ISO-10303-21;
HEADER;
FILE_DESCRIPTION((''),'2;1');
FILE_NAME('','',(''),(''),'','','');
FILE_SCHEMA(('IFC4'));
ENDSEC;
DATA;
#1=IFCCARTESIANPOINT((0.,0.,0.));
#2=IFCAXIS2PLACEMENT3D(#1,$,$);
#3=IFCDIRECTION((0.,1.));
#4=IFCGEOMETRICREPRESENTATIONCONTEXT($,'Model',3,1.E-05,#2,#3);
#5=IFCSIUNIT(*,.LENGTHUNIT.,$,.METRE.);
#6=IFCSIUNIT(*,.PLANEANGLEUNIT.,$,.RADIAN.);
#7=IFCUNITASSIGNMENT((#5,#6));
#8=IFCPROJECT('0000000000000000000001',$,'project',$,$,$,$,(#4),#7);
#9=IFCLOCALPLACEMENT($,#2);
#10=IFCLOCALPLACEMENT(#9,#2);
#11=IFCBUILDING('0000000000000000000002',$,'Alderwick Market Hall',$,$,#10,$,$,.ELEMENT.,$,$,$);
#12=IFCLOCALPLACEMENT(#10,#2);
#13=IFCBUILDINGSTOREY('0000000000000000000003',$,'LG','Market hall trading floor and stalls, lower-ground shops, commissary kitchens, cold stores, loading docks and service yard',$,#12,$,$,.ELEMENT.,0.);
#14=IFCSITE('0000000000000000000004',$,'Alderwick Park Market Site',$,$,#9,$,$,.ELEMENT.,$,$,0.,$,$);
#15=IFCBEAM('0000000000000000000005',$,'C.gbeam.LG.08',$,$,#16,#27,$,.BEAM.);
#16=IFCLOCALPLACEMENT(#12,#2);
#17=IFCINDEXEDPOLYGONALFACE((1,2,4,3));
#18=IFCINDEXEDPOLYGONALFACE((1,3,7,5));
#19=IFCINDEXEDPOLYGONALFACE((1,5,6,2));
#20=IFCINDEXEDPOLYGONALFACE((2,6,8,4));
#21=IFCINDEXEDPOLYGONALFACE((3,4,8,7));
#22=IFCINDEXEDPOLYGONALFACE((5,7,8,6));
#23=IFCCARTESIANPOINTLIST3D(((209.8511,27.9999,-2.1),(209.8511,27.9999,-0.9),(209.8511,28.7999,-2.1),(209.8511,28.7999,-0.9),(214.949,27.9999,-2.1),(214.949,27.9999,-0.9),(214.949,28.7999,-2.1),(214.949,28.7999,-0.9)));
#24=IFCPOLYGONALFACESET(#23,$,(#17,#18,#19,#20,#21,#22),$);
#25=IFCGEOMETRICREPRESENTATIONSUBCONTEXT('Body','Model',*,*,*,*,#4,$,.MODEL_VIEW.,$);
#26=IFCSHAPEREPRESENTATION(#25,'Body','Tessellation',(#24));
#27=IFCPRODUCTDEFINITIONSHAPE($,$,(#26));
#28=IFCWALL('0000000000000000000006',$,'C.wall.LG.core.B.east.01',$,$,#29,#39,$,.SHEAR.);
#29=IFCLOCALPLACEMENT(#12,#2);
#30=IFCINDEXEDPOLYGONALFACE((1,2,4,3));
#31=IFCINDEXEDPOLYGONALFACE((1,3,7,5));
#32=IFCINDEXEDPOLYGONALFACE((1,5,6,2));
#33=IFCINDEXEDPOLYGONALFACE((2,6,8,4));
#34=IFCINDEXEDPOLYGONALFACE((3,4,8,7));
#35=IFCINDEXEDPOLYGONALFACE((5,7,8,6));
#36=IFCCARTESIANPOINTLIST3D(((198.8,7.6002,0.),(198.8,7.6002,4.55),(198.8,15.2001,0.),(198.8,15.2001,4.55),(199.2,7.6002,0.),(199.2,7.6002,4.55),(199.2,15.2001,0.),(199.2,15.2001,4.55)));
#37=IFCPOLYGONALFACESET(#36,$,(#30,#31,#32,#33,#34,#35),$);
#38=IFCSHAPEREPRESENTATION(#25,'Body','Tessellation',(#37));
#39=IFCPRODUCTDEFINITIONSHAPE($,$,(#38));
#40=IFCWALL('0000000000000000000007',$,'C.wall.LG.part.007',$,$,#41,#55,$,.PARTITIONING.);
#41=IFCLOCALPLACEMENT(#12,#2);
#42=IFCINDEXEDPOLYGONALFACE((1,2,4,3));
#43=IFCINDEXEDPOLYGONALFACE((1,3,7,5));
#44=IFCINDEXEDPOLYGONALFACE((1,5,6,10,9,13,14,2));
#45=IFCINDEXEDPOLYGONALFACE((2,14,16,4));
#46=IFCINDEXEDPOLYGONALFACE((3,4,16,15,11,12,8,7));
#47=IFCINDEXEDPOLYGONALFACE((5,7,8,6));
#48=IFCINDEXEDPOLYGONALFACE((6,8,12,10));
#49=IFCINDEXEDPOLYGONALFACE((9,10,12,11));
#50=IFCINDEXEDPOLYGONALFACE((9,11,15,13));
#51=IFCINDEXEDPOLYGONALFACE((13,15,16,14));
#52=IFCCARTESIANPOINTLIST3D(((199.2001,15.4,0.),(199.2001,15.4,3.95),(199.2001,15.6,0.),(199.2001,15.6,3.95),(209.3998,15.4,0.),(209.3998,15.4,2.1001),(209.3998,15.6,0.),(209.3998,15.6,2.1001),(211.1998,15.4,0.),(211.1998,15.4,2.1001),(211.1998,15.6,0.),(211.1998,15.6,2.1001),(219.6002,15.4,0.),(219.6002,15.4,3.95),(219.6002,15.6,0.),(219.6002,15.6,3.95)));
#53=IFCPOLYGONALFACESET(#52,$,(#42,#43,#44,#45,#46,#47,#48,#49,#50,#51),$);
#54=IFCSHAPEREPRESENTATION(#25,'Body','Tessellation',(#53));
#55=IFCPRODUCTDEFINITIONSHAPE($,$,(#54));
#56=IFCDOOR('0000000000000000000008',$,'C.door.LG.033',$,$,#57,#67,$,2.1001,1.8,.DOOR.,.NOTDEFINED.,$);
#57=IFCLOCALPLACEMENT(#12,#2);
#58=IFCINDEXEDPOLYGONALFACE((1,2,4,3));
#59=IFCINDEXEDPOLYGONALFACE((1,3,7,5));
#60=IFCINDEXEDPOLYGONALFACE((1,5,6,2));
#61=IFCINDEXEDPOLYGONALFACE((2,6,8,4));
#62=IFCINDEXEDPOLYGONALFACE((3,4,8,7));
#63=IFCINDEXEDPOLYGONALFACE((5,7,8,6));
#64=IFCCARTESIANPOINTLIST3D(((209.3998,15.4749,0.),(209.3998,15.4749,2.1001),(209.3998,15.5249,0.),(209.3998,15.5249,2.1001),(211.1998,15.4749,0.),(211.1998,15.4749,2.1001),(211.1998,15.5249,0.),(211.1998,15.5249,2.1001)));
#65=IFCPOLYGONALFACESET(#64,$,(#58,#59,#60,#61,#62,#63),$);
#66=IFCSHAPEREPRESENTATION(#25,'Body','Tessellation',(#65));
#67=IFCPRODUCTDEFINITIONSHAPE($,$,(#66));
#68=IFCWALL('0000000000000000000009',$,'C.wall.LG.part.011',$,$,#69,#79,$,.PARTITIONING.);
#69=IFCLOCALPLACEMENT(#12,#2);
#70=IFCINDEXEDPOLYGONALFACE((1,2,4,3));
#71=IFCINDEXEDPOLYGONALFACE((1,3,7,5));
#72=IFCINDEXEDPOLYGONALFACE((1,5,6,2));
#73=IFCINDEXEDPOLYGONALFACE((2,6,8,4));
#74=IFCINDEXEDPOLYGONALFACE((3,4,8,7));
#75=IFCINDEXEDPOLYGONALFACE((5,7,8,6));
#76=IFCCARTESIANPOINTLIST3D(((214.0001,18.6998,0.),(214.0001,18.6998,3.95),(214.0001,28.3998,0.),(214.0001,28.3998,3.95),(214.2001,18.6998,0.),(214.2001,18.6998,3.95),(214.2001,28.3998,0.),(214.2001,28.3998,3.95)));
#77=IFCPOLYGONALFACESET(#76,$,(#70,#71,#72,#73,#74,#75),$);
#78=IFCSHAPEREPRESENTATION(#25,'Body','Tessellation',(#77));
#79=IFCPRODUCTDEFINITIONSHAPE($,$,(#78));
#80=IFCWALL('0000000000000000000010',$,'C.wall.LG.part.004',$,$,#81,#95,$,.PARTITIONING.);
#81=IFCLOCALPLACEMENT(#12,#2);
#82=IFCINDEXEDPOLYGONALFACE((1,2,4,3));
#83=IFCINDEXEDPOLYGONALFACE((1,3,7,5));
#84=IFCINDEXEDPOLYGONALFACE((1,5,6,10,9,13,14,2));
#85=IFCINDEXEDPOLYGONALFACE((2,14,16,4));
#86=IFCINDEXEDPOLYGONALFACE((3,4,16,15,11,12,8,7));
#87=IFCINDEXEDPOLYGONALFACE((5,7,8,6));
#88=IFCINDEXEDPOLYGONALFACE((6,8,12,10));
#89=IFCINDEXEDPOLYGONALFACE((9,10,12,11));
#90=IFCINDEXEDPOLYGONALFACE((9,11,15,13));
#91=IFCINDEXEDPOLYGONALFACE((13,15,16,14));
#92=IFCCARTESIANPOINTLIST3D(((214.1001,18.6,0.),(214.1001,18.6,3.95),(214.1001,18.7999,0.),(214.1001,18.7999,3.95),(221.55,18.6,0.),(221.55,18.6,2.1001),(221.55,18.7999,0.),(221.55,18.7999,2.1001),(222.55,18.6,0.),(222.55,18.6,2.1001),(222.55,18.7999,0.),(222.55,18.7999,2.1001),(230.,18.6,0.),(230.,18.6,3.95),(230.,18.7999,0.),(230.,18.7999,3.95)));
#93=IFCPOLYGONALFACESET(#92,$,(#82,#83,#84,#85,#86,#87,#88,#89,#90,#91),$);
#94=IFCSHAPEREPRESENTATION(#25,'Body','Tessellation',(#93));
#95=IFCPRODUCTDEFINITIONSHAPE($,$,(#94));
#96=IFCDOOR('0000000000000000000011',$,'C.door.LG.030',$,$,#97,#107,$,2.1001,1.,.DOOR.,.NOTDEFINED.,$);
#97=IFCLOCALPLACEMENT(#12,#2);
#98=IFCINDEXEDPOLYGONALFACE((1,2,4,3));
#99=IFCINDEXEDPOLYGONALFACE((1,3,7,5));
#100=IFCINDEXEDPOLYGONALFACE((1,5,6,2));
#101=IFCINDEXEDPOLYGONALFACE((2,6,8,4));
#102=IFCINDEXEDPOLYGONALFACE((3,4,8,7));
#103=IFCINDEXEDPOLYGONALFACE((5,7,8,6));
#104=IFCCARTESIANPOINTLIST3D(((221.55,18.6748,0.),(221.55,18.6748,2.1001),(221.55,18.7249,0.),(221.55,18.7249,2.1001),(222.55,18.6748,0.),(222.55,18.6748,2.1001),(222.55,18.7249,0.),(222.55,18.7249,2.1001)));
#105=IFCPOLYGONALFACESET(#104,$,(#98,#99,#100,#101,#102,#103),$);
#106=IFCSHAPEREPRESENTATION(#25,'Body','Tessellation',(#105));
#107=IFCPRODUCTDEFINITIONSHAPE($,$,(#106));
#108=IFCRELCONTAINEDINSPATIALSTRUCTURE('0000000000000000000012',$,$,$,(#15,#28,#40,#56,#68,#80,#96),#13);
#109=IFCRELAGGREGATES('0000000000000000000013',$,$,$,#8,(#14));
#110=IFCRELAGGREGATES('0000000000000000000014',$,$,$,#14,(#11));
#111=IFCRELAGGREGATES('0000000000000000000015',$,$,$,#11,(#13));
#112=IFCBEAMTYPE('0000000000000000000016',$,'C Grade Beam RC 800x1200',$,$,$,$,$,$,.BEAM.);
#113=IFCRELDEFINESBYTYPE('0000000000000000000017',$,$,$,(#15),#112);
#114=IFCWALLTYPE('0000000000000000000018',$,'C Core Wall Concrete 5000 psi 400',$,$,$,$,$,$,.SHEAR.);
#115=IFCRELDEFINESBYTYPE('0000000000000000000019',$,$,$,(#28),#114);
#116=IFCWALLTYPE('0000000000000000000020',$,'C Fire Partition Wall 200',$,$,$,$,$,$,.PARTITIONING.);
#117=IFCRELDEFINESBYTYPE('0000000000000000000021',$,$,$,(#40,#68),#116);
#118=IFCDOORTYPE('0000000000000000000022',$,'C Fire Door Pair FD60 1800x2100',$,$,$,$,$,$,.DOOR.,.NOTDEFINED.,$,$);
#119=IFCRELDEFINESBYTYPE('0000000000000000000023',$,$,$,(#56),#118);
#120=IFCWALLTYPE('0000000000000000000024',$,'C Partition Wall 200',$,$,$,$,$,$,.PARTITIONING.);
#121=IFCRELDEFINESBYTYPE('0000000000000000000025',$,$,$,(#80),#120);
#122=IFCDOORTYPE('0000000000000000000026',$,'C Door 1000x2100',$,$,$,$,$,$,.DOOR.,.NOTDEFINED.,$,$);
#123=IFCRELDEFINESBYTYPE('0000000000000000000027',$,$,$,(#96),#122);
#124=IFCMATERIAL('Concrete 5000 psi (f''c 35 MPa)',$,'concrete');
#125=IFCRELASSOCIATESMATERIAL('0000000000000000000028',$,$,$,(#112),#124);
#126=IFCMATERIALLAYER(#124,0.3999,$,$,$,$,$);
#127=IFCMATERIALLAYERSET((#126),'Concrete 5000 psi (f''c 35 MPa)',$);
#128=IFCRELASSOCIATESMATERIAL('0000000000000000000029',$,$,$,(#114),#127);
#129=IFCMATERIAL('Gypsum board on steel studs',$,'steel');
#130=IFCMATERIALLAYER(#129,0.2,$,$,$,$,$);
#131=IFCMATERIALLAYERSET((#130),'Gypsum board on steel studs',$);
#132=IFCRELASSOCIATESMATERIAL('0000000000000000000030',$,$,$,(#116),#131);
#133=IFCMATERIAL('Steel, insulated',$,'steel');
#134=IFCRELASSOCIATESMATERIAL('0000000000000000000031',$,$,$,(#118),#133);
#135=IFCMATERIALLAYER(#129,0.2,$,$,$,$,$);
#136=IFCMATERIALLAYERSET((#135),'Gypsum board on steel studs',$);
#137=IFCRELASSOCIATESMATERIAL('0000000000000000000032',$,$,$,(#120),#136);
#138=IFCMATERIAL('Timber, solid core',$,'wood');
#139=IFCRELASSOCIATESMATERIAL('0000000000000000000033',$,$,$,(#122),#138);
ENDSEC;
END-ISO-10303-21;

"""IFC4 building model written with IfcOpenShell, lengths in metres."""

from ifc_helpers import new_model, si_unit, direction, frame, frame_2d, origin, origin_2d, place, context, subcontext, project, spatial, rectangle, extrude, material, layer, layer_set, material_profile, profile_set, type_object, element, fill, save


model = new_model("IFC4")

# Units and contexts
model_context = context("Model", 3, precision=1e-05, world=origin(), true_north=direction((0.0, 1.0)))
body_context = subcontext(model_context, "Body", "Model", "MODEL_VIEW")
ifc_project = project(units=[si_unit("LENGTHUNIT", "METRE"), si_unit("PLANEANGLEUNIT", "RADIAN")], contexts=[model_context])

# Site, building, storey
site_placement = place(None, origin())
site = spatial("IfcSite", under=ifc_project, at=site_placement, Name="Alderwick Park Market Site", CompositionType="ELEMENT", RefElevation=0.0)
building_placement = place(site_placement, origin())
building = spatial("IfcBuilding", under=site, at=building_placement, Name="Alderwick Market Hall", CompositionType="ELEMENT")
storey_placement = place(building_placement, origin())
storey = spatial("IfcBuildingStorey", under=building, at=storey_placement, Name="LG", Description="Market hall trading floor and stalls, lower-ground shops, commissary kitchens, cold stores, loading docks and service yard", CompositionType="ELEMENT", Elevation=0.0)

# Shared definitions
ifc_material_1 = material(Name="Concrete 5000 psi (f'c 35 MPa)", Category="concrete")

# Beam
ifc_material_profile_1 = material_profile(ifc_material_1, rectangle(XDim=0.8, YDim=1.2, at=origin_2d()), Name="RC 800x1200")
ifc_profile_set_1 = profile_set([ifc_material_profile_1], Name="Concrete 5000 psi (f'c 35 MPa)")
beam_type_1 = type_object("IfcBeamType", Name="C Grade Beam RC 800x1200", PredefinedType="BEAM", material=ifc_profile_set_1)
beam_1_placement = place(storey_placement, frame((209.8511, 28.3999, -1.5), z_axis=(1.0, 0.0, 0.0), x_axis=(0.0, 1.0, 0.0)))
element("IfcBeam", 1, at=beam_1_placement, inside=storey, type_object=beam_type_1, Name="C.gbeam.LG.08", PredefinedType="BEAM", context=body_context, shape_type="SweptSolid", body=[
    extrude(rectangle(XDim=0.8, YDim=1.2, at=origin_2d()), origin(), (0.0, 0.0, 1.0), 5.0979),
])

# Wall
ifc_layer_1 = layer(ifc_material_1, 0.3999)
ifc_layer_set_1 = layer_set([ifc_layer_1], Name="Concrete 5000 psi (f'c 35 MPa)")
wall_type_1 = type_object("IfcWallType", Name="C Core Wall Concrete 5000 psi 400", PredefinedType="SHEAR", material=ifc_layer_set_1)
wall_1_placement = place(storey_placement, frame((199.0, 15.2, 0.0), z_axis=(0.0, 0.0, 1.0), x_axis=(0.0, -1.0, 0.0)))
element("IfcWall", 2, at=wall_1_placement, inside=storey, type_object=wall_type_1, Name="C.wall.LG.core.B.east.01", PredefinedType="SHEAR", context=body_context, shape_type="SweptSolid", body=[
    extrude(rectangle(XDim=7.5999, YDim=0.3999, at=frame_2d((3.7998, 0.0))), origin(), (0.0, 0.0, 1.0), 4.55),
])

# Wall, opening, door
ifc_material_2 = material(Name="Gypsum board on steel studs", Category="steel")
ifc_layer_2 = layer(ifc_material_2, 0.2)
ifc_layer_set_2 = layer_set([ifc_layer_2], Name="Gypsum board on steel studs")
wall_type_2 = type_object("IfcWallType", Name="C Fire Partition Wall 200", PredefinedType="PARTITIONING", material=ifc_layer_set_2)
wall_2_placement = place(storey_placement, frame((199.2, 15.5, 0.0), z_axis=(0.0, 0.0, 1.0), x_axis=(1.0, 0.0, 0.0)))
wall_2 = element("IfcWall", 3, at=wall_2_placement, inside=storey, type_object=wall_type_2, Name="C.wall.LG.part.007", PredefinedType="PARTITIONING", context=body_context, shape_type="SweptSolid", body=[
    extrude(rectangle(XDim=20.4001, YDim=0.2, at=frame_2d((10.2002, 0.0))), origin(), (0.0, 0.0, 1.0), 3.95),
])
opening_1_placement = place(wall_2_placement, frame((10.2, 0.0, 0.0)))
opening_1 = element("IfcOpeningElement", 4, at=opening_1_placement, cuts=wall_2, PredefinedType="OPENING", context=body_context, shape_type="SweptSolid", body=[
    extrude(rectangle(XDim=1.8, YDim=2.1001, at=frame_2d((0.8999, 1.05))), frame((0.0, 0.1099, 0.0), z_axis=(0.0, -1.0, 0.0), x_axis=(1.0, 0.0, 0.0)), (0.0, 0.0, 1.0), 0.22),
])
ifc_material_3 = material(Name="Steel, insulated", Category="steel")
door_type_1 = type_object("IfcDoorType", Name="C Fire Door Pair FD60 1800x2100", OperationType="NOTDEFINED", PredefinedType="DOOR", material=ifc_material_3)
door_1_placement = place(opening_1_placement, origin())
door_1 = element("IfcDoor", 5, at=door_1_placement, inside=storey, type_object=door_type_1, Name="C.door.LG.033", OperationType="NOTDEFINED", OverallHeight=2.1001, OverallWidth=1.8, PredefinedType="DOOR", context=body_context, shape_type="SweptSolid", body=[
    extrude(rectangle(XDim=1.8, YDim=2.1001, at=frame_2d((0.8999, 1.05))), frame((0.0, 0.0249, 0.0), z_axis=(0.0, -1.0, 0.0), x_axis=(1.0, 0.0, 0.0)), (0.0, 0.0, 1.0), 0.05),
])
fill(opening_1, door_1)

# Wall
wall_3_placement = place(storey_placement, frame((214.1001, 28.3999, 0.0), z_axis=(0.0, 0.0, 1.0), x_axis=(0.0, -1.0, 0.0)))
element("IfcWall", 6, at=wall_3_placement, inside=storey, type_object=wall_type_2, Name="C.wall.LG.part.011", PredefinedType="PARTITIONING", context=body_context, shape_type="SweptSolid", body=[
    extrude(rectangle(XDim=9.7, YDim=0.2, at=frame_2d((4.8501, 0.0))), origin(), (0.0, 0.0, 1.0), 3.95),
])

# Wall, opening, door
ifc_layer_3 = layer(ifc_material_2, 0.2)
ifc_layer_set_3 = layer_set([ifc_layer_3], Name="Gypsum board on steel studs")
wall_type_3 = type_object("IfcWallType", Name="C Partition Wall 200", PredefinedType="PARTITIONING", material=ifc_layer_set_3)
wall_4_placement = place(storey_placement, frame((214.1001, 18.7, 0.0), z_axis=(0.0, 0.0, 1.0), x_axis=(1.0, 0.0, 0.0)))
wall_4 = element("IfcWall", 7, at=wall_4_placement, inside=storey, type_object=wall_type_3, Name="C.wall.LG.part.004", PredefinedType="PARTITIONING", context=body_context, shape_type="SweptSolid", body=[
    extrude(rectangle(XDim=15.8999, YDim=0.2, at=frame_2d((7.95, 0.0))), origin(), (0.0, 0.0, 1.0), 3.95),
])
opening_2_placement = place(wall_4_placement, frame((7.45, 0.0, 0.0)))
opening_2 = element("IfcOpeningElement", 8, at=opening_2_placement, cuts=wall_4, PredefinedType="OPENING", context=body_context, shape_type="SweptSolid", body=[
    extrude(rectangle(XDim=1.0, YDim=2.1001, at=frame_2d((0.5, 1.05))), frame((0.0, 0.1099, 0.0), z_axis=(0.0, -1.0, 0.0), x_axis=(1.0, 0.0, 0.0)), (0.0, 0.0, 1.0), 0.22),
])
ifc_material_4 = material(Name="Timber, solid core", Category="wood")
door_type_2 = type_object("IfcDoorType", Name="C Door 1000x2100", OperationType="NOTDEFINED", PredefinedType="DOOR", material=ifc_material_4)
door_2_placement = place(opening_2_placement, origin())
door_2 = element("IfcDoor", 9, at=door_2_placement, inside=storey, type_object=door_type_2, Name="C.door.LG.030", OperationType="NOTDEFINED", OverallHeight=2.1001, OverallWidth=1.0, PredefinedType="DOOR", context=body_context, shape_type="SweptSolid", body=[
    extrude(rectangle(XDim=1.0, YDim=2.1001, at=frame_2d((0.5, 1.05))), frame((0.0, 0.0249, 0.0), z_axis=(0.0, -1.0, 0.0), x_axis=(1.0, 0.0, 0.0)), (0.0, 0.0, 1.0), 0.05),
])
fill(opening_2, door_2)

save(model, "model.ifc")
